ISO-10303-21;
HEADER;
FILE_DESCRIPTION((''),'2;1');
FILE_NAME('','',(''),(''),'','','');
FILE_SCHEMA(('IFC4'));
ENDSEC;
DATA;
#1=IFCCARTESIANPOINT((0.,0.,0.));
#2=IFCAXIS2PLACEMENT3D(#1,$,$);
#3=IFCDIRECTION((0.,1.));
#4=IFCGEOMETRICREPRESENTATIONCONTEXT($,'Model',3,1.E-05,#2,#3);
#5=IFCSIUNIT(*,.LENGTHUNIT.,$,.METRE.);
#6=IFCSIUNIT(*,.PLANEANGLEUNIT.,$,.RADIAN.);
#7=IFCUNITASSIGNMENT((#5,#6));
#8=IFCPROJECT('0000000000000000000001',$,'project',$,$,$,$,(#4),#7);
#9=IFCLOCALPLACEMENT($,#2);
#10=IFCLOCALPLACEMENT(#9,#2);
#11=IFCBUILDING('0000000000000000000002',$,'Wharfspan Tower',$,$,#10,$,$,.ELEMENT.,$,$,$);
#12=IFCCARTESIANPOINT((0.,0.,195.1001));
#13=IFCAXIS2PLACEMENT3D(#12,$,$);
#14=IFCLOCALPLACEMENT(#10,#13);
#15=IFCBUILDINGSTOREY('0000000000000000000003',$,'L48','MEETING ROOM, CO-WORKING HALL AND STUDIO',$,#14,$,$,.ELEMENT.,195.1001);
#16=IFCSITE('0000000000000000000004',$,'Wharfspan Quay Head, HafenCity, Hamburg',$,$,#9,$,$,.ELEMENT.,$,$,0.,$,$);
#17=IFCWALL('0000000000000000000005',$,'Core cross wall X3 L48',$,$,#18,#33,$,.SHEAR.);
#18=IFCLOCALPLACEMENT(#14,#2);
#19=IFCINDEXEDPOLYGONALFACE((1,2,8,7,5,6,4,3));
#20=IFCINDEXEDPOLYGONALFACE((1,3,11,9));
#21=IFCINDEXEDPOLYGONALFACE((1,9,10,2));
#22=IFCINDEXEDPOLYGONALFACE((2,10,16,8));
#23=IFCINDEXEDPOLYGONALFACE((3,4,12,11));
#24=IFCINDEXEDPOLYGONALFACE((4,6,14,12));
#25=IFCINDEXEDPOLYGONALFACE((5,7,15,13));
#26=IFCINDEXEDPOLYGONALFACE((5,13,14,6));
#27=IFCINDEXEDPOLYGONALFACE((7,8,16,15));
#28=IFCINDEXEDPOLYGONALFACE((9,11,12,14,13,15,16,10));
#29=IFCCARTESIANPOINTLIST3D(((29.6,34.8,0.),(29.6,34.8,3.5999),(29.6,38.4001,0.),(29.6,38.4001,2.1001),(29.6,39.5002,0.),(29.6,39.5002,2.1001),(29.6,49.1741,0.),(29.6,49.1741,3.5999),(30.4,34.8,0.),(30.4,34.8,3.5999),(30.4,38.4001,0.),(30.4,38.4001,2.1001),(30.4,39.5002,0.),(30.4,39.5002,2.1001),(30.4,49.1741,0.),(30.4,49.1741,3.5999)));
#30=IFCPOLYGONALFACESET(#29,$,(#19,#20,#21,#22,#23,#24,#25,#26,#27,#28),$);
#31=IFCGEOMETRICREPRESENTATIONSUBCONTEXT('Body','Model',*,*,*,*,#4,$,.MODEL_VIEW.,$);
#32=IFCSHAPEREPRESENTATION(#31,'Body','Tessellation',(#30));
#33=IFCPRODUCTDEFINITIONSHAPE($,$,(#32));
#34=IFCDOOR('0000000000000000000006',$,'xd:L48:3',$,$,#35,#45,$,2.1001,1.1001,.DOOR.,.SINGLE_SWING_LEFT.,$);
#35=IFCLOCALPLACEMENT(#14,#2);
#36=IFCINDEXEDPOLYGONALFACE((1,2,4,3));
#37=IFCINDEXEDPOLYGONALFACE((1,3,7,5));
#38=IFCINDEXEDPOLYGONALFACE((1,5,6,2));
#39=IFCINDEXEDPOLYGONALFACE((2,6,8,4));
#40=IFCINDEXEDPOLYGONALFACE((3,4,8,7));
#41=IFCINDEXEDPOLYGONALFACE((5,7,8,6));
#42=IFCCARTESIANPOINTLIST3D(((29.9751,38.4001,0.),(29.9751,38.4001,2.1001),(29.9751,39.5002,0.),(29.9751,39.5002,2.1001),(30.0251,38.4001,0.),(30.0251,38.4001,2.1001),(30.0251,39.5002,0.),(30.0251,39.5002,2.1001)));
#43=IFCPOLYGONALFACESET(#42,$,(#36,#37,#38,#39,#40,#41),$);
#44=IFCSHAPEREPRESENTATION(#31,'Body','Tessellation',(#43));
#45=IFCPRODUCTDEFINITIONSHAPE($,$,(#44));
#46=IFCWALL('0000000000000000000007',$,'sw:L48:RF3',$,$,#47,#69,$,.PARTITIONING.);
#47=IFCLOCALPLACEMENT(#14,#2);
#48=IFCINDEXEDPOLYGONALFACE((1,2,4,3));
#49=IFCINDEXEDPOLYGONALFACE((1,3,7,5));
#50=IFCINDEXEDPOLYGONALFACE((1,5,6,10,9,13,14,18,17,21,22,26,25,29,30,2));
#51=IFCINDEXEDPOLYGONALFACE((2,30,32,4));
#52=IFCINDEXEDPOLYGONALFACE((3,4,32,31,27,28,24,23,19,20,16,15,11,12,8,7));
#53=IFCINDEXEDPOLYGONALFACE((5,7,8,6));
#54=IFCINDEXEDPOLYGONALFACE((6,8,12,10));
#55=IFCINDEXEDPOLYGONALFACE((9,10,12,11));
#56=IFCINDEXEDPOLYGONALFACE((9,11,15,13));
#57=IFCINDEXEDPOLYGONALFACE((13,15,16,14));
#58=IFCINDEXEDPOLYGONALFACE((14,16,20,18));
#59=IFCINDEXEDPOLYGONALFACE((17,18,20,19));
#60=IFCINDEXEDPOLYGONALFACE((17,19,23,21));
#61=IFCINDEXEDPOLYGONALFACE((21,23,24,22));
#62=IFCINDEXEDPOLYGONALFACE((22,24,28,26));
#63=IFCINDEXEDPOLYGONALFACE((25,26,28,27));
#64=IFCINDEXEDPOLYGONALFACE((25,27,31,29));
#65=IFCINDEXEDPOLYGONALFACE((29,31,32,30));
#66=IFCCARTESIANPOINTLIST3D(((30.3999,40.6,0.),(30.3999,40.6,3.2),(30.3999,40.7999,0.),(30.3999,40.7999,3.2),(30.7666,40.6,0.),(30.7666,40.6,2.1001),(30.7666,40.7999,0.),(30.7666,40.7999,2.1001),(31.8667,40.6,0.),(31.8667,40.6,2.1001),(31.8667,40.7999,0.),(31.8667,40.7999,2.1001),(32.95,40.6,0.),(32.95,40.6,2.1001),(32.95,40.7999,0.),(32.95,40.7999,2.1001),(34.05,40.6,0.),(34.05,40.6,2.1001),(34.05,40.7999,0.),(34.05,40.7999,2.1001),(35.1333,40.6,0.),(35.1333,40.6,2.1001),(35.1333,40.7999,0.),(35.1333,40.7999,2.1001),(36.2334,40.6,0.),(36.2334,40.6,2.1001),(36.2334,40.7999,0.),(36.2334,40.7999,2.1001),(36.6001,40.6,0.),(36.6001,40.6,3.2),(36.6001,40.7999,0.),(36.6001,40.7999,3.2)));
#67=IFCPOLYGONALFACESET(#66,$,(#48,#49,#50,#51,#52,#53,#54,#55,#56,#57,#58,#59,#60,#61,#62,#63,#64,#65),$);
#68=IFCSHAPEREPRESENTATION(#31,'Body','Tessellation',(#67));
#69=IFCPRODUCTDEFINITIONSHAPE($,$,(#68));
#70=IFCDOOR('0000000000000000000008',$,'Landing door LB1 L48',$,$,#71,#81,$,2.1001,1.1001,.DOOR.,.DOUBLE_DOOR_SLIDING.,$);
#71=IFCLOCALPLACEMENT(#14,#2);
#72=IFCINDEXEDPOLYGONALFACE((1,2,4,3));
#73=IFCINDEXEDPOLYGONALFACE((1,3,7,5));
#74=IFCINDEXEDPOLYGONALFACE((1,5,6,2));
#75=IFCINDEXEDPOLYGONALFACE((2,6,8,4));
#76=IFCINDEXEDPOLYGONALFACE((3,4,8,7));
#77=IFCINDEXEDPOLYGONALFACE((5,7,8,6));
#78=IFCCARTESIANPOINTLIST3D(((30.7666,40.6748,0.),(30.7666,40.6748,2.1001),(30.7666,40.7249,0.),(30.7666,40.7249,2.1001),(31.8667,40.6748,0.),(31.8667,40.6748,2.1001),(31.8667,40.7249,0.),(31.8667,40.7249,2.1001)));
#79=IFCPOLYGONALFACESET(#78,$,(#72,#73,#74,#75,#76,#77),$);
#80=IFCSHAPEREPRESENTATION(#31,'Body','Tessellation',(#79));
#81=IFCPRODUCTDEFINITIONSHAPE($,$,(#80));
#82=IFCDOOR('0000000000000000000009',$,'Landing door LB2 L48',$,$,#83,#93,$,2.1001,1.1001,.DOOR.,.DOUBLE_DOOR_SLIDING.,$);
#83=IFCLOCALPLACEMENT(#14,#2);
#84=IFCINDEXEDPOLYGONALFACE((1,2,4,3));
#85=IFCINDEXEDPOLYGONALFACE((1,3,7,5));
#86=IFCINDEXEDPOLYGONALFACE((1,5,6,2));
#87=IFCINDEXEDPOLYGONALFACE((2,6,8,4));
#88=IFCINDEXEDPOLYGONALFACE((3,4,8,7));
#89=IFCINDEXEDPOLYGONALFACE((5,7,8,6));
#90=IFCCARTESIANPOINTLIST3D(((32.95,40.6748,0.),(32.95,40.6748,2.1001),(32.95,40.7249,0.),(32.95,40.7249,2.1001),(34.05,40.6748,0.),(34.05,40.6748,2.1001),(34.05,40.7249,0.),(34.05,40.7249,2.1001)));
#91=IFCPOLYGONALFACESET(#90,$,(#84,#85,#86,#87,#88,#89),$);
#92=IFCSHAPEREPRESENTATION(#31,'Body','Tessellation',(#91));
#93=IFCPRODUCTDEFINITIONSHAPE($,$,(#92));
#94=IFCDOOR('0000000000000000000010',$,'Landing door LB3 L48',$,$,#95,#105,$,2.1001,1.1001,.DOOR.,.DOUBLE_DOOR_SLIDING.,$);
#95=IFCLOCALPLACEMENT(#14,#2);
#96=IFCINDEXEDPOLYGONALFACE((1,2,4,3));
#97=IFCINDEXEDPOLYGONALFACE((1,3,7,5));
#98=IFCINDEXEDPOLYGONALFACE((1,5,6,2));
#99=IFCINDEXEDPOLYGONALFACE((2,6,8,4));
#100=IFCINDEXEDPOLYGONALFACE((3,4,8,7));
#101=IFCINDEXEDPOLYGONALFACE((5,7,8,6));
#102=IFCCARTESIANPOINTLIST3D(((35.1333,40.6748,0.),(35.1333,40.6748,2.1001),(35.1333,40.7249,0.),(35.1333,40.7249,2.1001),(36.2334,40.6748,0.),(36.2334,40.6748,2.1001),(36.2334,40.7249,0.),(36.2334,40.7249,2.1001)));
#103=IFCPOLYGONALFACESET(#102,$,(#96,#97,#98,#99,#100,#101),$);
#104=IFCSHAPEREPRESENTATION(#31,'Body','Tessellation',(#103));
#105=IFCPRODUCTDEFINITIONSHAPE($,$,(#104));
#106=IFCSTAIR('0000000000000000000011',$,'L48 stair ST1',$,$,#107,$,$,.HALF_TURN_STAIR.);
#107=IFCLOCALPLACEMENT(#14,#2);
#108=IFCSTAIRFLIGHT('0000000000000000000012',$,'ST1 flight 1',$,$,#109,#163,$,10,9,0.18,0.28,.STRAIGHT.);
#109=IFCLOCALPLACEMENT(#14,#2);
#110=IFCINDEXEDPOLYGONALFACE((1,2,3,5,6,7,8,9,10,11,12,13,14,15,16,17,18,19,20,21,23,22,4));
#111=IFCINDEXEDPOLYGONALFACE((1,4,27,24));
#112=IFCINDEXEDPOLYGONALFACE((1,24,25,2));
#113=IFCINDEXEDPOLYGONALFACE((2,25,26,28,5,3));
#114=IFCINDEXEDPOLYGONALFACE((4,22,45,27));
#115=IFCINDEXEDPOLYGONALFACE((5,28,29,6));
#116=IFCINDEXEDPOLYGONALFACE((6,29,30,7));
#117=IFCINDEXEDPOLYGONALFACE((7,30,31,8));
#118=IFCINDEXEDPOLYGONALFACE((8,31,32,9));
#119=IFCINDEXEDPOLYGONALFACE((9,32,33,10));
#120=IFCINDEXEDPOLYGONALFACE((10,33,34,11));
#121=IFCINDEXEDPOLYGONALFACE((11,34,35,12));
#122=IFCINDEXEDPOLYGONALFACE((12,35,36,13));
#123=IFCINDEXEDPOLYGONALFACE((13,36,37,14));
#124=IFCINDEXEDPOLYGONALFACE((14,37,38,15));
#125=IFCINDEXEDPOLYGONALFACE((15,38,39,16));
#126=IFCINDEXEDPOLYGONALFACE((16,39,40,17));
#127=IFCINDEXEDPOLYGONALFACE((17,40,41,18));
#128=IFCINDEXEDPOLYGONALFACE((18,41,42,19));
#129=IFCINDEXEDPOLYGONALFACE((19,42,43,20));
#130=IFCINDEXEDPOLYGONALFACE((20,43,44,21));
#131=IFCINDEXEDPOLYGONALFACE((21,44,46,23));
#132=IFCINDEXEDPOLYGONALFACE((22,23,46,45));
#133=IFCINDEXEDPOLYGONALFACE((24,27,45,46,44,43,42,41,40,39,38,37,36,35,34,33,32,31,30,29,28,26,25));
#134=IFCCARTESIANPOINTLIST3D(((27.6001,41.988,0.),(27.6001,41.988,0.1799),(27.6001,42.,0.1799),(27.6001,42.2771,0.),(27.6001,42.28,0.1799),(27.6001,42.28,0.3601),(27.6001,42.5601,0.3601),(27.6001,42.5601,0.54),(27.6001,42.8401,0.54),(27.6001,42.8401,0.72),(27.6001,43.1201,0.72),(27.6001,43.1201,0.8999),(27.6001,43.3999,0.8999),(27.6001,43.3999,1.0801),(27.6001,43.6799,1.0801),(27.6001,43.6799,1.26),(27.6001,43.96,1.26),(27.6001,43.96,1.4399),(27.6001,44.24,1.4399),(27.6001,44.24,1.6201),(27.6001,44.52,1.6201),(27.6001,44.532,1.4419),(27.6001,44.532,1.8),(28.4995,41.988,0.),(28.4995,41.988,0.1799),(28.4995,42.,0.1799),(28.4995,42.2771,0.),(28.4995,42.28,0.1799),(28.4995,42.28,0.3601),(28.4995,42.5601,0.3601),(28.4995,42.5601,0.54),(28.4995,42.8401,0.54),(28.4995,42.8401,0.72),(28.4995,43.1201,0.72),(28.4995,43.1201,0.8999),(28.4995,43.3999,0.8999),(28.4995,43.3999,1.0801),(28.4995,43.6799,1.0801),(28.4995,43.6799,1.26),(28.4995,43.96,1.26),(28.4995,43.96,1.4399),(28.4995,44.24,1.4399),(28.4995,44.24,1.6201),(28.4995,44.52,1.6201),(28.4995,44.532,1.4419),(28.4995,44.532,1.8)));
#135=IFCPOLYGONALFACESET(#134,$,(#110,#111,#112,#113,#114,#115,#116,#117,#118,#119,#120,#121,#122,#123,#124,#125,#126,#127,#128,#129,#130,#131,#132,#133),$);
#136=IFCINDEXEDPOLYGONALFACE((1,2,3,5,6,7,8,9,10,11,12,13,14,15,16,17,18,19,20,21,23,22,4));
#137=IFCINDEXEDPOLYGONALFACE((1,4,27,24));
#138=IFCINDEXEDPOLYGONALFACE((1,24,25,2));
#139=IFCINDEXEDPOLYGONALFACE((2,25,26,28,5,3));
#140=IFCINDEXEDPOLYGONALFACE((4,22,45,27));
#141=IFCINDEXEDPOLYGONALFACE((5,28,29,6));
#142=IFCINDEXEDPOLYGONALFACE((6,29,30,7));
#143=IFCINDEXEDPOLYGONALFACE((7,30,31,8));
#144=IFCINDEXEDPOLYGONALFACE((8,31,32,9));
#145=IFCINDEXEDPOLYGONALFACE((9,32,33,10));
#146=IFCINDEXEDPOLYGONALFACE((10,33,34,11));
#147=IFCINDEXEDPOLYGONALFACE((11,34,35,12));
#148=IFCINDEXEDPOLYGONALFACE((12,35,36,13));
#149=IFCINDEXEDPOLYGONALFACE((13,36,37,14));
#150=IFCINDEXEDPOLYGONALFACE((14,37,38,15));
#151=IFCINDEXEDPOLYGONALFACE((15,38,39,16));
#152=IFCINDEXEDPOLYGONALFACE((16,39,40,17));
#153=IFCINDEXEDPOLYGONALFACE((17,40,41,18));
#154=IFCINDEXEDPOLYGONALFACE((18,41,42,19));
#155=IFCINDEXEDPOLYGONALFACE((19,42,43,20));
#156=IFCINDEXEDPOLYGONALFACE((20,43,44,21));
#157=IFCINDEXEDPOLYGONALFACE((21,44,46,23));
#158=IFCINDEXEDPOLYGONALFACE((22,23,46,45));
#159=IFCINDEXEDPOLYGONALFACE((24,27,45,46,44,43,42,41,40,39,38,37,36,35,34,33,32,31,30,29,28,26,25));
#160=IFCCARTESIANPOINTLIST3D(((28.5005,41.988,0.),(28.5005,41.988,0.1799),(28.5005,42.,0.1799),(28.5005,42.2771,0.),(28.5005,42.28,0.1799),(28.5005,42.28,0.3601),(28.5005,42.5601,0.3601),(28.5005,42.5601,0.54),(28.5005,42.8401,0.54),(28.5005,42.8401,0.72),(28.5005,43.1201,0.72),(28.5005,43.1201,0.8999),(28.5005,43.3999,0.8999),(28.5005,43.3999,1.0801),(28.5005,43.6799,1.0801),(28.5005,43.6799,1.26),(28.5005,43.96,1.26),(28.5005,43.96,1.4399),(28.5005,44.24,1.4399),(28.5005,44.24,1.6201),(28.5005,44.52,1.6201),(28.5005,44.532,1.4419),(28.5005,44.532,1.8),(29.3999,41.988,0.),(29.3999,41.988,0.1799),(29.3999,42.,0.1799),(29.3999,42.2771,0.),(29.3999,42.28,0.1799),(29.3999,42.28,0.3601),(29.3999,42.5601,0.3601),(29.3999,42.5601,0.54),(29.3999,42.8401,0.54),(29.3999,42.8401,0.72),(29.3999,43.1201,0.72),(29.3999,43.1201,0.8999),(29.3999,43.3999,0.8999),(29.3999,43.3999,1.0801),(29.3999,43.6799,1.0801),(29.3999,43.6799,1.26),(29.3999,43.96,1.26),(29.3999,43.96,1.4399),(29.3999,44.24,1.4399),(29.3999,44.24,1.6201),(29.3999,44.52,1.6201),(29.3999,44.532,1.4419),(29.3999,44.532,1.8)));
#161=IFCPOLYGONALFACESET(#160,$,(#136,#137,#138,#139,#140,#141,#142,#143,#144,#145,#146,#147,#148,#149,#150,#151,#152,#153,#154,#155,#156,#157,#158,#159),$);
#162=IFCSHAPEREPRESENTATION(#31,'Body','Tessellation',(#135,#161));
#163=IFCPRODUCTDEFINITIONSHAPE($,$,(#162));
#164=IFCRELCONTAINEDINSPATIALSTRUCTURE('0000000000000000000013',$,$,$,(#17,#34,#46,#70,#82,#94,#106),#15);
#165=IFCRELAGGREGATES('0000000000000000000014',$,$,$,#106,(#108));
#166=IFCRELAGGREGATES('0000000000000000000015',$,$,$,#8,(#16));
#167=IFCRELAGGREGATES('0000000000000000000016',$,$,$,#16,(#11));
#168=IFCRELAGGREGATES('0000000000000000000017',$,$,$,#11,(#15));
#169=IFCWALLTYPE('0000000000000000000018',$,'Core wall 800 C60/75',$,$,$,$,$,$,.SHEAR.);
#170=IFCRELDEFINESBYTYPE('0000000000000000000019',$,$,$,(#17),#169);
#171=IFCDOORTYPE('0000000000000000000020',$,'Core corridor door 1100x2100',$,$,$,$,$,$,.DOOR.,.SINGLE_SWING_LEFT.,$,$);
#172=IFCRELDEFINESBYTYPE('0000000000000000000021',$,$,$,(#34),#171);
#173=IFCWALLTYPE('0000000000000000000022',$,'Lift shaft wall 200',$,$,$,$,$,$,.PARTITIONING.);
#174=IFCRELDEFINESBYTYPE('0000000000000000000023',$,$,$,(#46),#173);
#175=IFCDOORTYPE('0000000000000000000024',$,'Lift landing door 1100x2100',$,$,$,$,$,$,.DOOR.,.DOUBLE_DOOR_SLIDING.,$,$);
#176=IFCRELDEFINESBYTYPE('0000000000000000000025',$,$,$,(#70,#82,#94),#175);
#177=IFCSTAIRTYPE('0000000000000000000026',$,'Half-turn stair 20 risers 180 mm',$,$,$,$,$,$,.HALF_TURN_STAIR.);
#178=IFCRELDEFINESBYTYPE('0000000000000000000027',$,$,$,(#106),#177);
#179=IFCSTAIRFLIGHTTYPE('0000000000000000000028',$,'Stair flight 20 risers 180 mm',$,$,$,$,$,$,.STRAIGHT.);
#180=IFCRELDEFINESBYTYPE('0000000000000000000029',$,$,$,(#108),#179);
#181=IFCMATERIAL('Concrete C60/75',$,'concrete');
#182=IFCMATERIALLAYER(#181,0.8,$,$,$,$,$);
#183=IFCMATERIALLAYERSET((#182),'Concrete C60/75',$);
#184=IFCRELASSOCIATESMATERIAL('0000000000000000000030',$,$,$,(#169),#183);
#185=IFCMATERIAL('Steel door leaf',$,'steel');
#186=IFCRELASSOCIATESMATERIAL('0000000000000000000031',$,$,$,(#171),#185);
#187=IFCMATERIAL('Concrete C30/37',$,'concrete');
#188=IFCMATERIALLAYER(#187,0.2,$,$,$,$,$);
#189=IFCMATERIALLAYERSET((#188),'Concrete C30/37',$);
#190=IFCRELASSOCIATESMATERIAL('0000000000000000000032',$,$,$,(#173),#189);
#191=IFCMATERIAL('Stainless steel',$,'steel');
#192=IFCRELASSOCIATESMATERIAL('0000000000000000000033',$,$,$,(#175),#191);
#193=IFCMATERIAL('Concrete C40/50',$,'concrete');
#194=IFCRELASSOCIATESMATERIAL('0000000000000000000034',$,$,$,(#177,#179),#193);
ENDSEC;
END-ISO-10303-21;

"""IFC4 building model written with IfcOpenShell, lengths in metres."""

from ifc_helpers import new_model, si_unit, direction, frame, frame_2d, origin, place, context, subcontext, project, spatial, polyline, rectangle, outline, extrude, material, layer, layer_set, type_object, element, fill, aggregate, save


model = new_model("IFC4")

# Units and contexts
model_context = context("Model", 3, precision=1e-05, world=origin(), true_north=direction((0.0, 1.0)))
body_context = subcontext(model_context, "Body", "Model", "MODEL_VIEW")
ifc_project = project(units=[si_unit("LENGTHUNIT", "METRE"), si_unit("PLANEANGLEUNIT", "RADIAN")], contexts=[model_context])

# Site, building, storey
site_placement = place(None, origin())
site = spatial("IfcSite", under=ifc_project, at=site_placement, Name="Wharfspan Quay Head, HafenCity, Hamburg", CompositionType="ELEMENT", RefElevation=0.0)
building_placement = place(site_placement, origin())
building = spatial("IfcBuilding", under=site, at=building_placement, Name="Wharfspan Tower", CompositionType="ELEMENT")
storey_placement = place(building_placement, frame((0.0, 0.0, 195.1001)))
storey = spatial("IfcBuildingStorey", under=building, at=storey_placement, Name="L48", Description="MEETING ROOM, CO-WORKING HALL AND STUDIO", CompositionType="ELEMENT", Elevation=195.1001)

# Wall, opening, door
ifc_material_1 = material(Name="Concrete C60/75", Category="concrete")
ifc_layer_1 = layer(ifc_material_1, 0.8)
ifc_layer_set_1 = layer_set([ifc_layer_1], Name="Concrete C60/75")
wall_type_1 = type_object("IfcWallType", Name="Core wall 800 C60/75", PredefinedType="SHEAR", material=ifc_layer_set_1)
wall_1_placement = place(storey_placement, frame((30.0, 34.8, 0.0), z_axis=(0.0, 0.0, 1.0), x_axis=(0.0, 1.0, 0.0)))
wall_1 = element("IfcWall", 1, at=wall_1_placement, inside=storey, type_object=wall_type_1, Name="Core cross wall X3 L48", PredefinedType="SHEAR", context=body_context, shape_type="SweptSolid", body=[
    extrude(rectangle(XDim=14.374, YDim=0.8, at=frame_2d((7.187, 0.0))), origin(), (0.0, 0.0, 1.0), 3.5999),
])
opening_1_placement = place(wall_1_placement, frame((3.6001, 0.0, 0.0)))
opening_1 = element("IfcOpeningElement", 2, at=opening_1_placement, cuts=wall_1, PredefinedType="OPENING", context=body_context, shape_type="SweptSolid", body=[
    extrude(rectangle(XDim=1.1001, YDim=2.1001, at=frame_2d((0.55, 1.05))), frame((0.0, 0.4099, 0.0), z_axis=(0.0, -1.0, 0.0), x_axis=(1.0, 0.0, 0.0)), (0.0, 0.0, 1.0), 0.8201),
])
ifc_material_2 = material(Name="Steel door leaf", Category="steel")
door_type_1 = type_object("IfcDoorType", Name="Core corridor door 1100x2100", OperationType="SINGLE_SWING_LEFT", PredefinedType="DOOR", material=ifc_material_2)
door_1_placement = place(opening_1_placement, origin())
door_1 = element("IfcDoor", 3, at=door_1_placement, inside=storey, type_object=door_type_1, Name="xd:L48:3", OperationType="SINGLE_SWING_LEFT", OverallHeight=2.1001, OverallWidth=1.1001, PredefinedType="DOOR", context=body_context, shape_type="SweptSolid", body=[
    extrude(rectangle(XDim=1.1001, YDim=2.1001, at=frame_2d((0.55, 1.05))), frame((0.0, 0.0249, 0.0), z_axis=(0.0, -1.0, 0.0), x_axis=(1.0, 0.0, 0.0)), (0.0, 0.0, 1.0), 0.05),
])
fill(opening_1, door_1)

# Wall, openings, doors
ifc_material_3 = material(Name="Concrete C30/37", Category="concrete")
ifc_layer_2 = layer(ifc_material_3, 0.2)
ifc_layer_set_2 = layer_set([ifc_layer_2], Name="Concrete C30/37")
wall_type_2 = type_object("IfcWallType", Name="Lift shaft wall 200", PredefinedType="PARTITIONING", material=ifc_layer_set_2)
wall_2_placement = place(storey_placement, frame((30.3999, 40.7, 0.0), z_axis=(0.0, 0.0, 1.0), x_axis=(1.0, 0.0, 0.0)))
wall_2 = element("IfcWall", 4, at=wall_2_placement, inside=storey, type_object=wall_type_2, Name="sw:L48:RF3", PredefinedType="PARTITIONING", context=body_context, shape_type="SweptSolid", body=[
    extrude(rectangle(XDim=6.2002, YDim=0.2, at=frame_2d((3.1001, 0.0))), origin(), (0.0, 0.0, 1.0), 3.2),
])
opening_2_placement = place(wall_2_placement, frame((0.3667, 0.0, 0.0)))
opening_2 = element("IfcOpeningElement", 5, at=opening_2_placement, cuts=wall_2, PredefinedType="OPENING", context=body_context, shape_type="SweptSolid", body=[
    extrude(rectangle(XDim=1.1001, YDim=2.1001, at=frame_2d((0.55, 1.05))), frame((0.0, 0.1099, 0.0), z_axis=(0.0, -1.0, 0.0), x_axis=(1.0, 0.0, 0.0)), (0.0, 0.0, 1.0), 0.22),
])
opening_3_placement = place(wall_2_placement, frame((2.55, 0.0, 0.0)))
opening_3 = element("IfcOpeningElement", 6, at=opening_3_placement, cuts=wall_2, PredefinedType="OPENING", context=body_context, shape_type="SweptSolid", body=[
    extrude(rectangle(XDim=1.1001, YDim=2.1001, at=frame_2d((0.55, 1.05))), frame((0.0, 0.1099, 0.0), z_axis=(0.0, -1.0, 0.0), x_axis=(1.0, 0.0, 0.0)), (0.0, 0.0, 1.0), 0.22),
])
opening_4_placement = place(wall_2_placement, frame((4.7334, 0.0, 0.0)))
opening_4 = element("IfcOpeningElement", 7, at=opening_4_placement, cuts=wall_2, PredefinedType="OPENING", context=body_context, shape_type="SweptSolid", body=[
    extrude(rectangle(XDim=1.1001, YDim=2.1001, at=frame_2d((0.55, 1.05))), frame((0.0, 0.1099, 0.0), z_axis=(0.0, -1.0, 0.0), x_axis=(1.0, 0.0, 0.0)), (0.0, 0.0, 1.0), 0.22),
])
ifc_material_4 = material(Name="Stainless steel", Category="steel")
door_type_2 = type_object("IfcDoorType", Name="Lift landing door 1100x2100", OperationType="DOUBLE_DOOR_SLIDING", PredefinedType="DOOR", material=ifc_material_4)
door_2_placement = place(opening_2_placement, origin())
door_2 = element("IfcDoor", 8, at=door_2_placement, inside=storey, type_object=door_type_2, Name="Landing door LB1 L48", OperationType="DOUBLE_DOOR_SLIDING", OverallHeight=2.1001, OverallWidth=1.1001, PredefinedType="DOOR", context=body_context, shape_type="SweptSolid", body=[
    extrude(rectangle(XDim=1.1001, YDim=2.1001, at=frame_2d((0.55, 1.05))), frame((0.0, 0.0249, 0.0), z_axis=(0.0, -1.0, 0.0), x_axis=(1.0, 0.0, 0.0)), (0.0, 0.0, 1.0), 0.05),
])
fill(opening_2, door_2)
door_3_placement = place(opening_3_placement, origin())
door_3 = element("IfcDoor", 9, at=door_3_placement, inside=storey, type_object=door_type_2, Name="Landing door LB2 L48", OperationType="DOUBLE_DOOR_SLIDING", OverallHeight=2.1001, OverallWidth=1.1001, PredefinedType="DOOR", context=body_context, shape_type="SweptSolid", body=[
    extrude(rectangle(XDim=1.1001, YDim=2.1001, at=frame_2d((0.55, 1.05))), frame((0.0, 0.0249, 0.0), z_axis=(0.0, -1.0, 0.0), x_axis=(1.0, 0.0, 0.0)), (0.0, 0.0, 1.0), 0.05),
])
fill(opening_3, door_3)
door_4_placement = place(opening_4_placement, origin())
door_4 = element("IfcDoor", 10, at=door_4_placement, inside=storey, type_object=door_type_2, Name="Landing door LB3 L48", OperationType="DOUBLE_DOOR_SLIDING", OverallHeight=2.1001, OverallWidth=1.1001, PredefinedType="DOOR", context=body_context, shape_type="SweptSolid", body=[
    extrude(rectangle(XDim=1.1001, YDim=2.1001, at=frame_2d((0.55, 1.05))), frame((0.0, 0.0249, 0.0), z_axis=(0.0, -1.0, 0.0), x_axis=(1.0, 0.0, 0.0)), (0.0, 0.0, 1.0), 0.05),
])
fill(opening_4, door_4)

# Stair, stair flight
ifc_material_5 = material(Name="Concrete C40/50", Category="concrete")
stair_type = type_object("IfcStairType", Name="Half-turn stair 20 risers 180 mm", PredefinedType="HALF_TURN_STAIR", material=ifc_material_5)
stair_placement = place(storey_placement, origin())
stair = element("IfcStair", 11, at=stair_placement, inside=storey, type_object=stair_type, Name="L48 stair ST1", PredefinedType="HALF_TURN_STAIR")
stair_flight_type = type_object("IfcStairFlightType", Name="Stair flight 20 risers 180 mm", PredefinedType="STRAIGHT", material=ifc_material_5)
stair_flight_1_placement = place(storey_placement, frame((28.5, 42.0, 0.0), z_axis=(0.0, 0.0, 1.0), x_axis=(0.0, 1.0, 0.0)))
stair_flight_1 = element("IfcStairFlight", 12, at=stair_flight_1_placement, type_object=stair_flight_type, Name="ST1 flight 1", NumberOfRisers=10, NumberOfTreads=9, PredefinedType="STRAIGHT", RiserHeight=0.18, TreadLength=0.28, context=body_context, shape_type="SweptSolid", body=[
    extrude(outline(polyline([(-0.012, 0.0), (-0.012, 0.1799), (0.0, 0.1799), (0.28, 0.1799), (0.28, 0.3601), (0.5601, 0.3601), (0.5601, 0.54), (0.8401, 0.54), (0.8401, 0.72), (1.1201, 0.72), (1.1201, 0.8999), (1.3999, 0.8999), (1.3999, 1.0801), (1.6799, 1.0801), (1.6799, 1.26), (1.96, 1.26), (1.96, 1.4399), (2.24, 1.4399), (2.24, 1.6201), (2.52, 1.6201), (2.532, 1.8), (2.532, 1.4419), (0.2771, 0.0), (-0.012, 0.0)])), frame((0.0, 0.8999, 0.0), z_axis=(0.0, -1.0, 0.0), x_axis=(1.0, 0.0, 0.0)), (0.0, 0.0, 1.0), 0.8994),
    extrude(outline(polyline([(-0.012, 0.0), (-0.012, 0.1799), (0.0, 0.1799), (0.28, 0.1799), (0.28, 0.3601), (0.5601, 0.3601), (0.5601, 0.54), (0.8401, 0.54), (0.8401, 0.72), (1.1201, 0.72), (1.1201, 0.8999), (1.3999, 0.8999), (1.3999, 1.0801), (1.6799, 1.0801), (1.6799, 1.26), (1.96, 1.26), (1.96, 1.4399), (2.24, 1.4399), (2.24, 1.6201), (2.52, 1.6201), (2.532, 1.8), (2.532, 1.4419), (0.2771, 0.0), (-0.012, 0.0)])), frame((0.0, -0.0005, 0.0), z_axis=(0.0, -1.0, 0.0), x_axis=(1.0, 0.0, 0.0)), (0.0, 0.0, 1.0), 0.8994),
])
aggregate(stair, [stair_flight_1])

save(model, "model.ifc")
